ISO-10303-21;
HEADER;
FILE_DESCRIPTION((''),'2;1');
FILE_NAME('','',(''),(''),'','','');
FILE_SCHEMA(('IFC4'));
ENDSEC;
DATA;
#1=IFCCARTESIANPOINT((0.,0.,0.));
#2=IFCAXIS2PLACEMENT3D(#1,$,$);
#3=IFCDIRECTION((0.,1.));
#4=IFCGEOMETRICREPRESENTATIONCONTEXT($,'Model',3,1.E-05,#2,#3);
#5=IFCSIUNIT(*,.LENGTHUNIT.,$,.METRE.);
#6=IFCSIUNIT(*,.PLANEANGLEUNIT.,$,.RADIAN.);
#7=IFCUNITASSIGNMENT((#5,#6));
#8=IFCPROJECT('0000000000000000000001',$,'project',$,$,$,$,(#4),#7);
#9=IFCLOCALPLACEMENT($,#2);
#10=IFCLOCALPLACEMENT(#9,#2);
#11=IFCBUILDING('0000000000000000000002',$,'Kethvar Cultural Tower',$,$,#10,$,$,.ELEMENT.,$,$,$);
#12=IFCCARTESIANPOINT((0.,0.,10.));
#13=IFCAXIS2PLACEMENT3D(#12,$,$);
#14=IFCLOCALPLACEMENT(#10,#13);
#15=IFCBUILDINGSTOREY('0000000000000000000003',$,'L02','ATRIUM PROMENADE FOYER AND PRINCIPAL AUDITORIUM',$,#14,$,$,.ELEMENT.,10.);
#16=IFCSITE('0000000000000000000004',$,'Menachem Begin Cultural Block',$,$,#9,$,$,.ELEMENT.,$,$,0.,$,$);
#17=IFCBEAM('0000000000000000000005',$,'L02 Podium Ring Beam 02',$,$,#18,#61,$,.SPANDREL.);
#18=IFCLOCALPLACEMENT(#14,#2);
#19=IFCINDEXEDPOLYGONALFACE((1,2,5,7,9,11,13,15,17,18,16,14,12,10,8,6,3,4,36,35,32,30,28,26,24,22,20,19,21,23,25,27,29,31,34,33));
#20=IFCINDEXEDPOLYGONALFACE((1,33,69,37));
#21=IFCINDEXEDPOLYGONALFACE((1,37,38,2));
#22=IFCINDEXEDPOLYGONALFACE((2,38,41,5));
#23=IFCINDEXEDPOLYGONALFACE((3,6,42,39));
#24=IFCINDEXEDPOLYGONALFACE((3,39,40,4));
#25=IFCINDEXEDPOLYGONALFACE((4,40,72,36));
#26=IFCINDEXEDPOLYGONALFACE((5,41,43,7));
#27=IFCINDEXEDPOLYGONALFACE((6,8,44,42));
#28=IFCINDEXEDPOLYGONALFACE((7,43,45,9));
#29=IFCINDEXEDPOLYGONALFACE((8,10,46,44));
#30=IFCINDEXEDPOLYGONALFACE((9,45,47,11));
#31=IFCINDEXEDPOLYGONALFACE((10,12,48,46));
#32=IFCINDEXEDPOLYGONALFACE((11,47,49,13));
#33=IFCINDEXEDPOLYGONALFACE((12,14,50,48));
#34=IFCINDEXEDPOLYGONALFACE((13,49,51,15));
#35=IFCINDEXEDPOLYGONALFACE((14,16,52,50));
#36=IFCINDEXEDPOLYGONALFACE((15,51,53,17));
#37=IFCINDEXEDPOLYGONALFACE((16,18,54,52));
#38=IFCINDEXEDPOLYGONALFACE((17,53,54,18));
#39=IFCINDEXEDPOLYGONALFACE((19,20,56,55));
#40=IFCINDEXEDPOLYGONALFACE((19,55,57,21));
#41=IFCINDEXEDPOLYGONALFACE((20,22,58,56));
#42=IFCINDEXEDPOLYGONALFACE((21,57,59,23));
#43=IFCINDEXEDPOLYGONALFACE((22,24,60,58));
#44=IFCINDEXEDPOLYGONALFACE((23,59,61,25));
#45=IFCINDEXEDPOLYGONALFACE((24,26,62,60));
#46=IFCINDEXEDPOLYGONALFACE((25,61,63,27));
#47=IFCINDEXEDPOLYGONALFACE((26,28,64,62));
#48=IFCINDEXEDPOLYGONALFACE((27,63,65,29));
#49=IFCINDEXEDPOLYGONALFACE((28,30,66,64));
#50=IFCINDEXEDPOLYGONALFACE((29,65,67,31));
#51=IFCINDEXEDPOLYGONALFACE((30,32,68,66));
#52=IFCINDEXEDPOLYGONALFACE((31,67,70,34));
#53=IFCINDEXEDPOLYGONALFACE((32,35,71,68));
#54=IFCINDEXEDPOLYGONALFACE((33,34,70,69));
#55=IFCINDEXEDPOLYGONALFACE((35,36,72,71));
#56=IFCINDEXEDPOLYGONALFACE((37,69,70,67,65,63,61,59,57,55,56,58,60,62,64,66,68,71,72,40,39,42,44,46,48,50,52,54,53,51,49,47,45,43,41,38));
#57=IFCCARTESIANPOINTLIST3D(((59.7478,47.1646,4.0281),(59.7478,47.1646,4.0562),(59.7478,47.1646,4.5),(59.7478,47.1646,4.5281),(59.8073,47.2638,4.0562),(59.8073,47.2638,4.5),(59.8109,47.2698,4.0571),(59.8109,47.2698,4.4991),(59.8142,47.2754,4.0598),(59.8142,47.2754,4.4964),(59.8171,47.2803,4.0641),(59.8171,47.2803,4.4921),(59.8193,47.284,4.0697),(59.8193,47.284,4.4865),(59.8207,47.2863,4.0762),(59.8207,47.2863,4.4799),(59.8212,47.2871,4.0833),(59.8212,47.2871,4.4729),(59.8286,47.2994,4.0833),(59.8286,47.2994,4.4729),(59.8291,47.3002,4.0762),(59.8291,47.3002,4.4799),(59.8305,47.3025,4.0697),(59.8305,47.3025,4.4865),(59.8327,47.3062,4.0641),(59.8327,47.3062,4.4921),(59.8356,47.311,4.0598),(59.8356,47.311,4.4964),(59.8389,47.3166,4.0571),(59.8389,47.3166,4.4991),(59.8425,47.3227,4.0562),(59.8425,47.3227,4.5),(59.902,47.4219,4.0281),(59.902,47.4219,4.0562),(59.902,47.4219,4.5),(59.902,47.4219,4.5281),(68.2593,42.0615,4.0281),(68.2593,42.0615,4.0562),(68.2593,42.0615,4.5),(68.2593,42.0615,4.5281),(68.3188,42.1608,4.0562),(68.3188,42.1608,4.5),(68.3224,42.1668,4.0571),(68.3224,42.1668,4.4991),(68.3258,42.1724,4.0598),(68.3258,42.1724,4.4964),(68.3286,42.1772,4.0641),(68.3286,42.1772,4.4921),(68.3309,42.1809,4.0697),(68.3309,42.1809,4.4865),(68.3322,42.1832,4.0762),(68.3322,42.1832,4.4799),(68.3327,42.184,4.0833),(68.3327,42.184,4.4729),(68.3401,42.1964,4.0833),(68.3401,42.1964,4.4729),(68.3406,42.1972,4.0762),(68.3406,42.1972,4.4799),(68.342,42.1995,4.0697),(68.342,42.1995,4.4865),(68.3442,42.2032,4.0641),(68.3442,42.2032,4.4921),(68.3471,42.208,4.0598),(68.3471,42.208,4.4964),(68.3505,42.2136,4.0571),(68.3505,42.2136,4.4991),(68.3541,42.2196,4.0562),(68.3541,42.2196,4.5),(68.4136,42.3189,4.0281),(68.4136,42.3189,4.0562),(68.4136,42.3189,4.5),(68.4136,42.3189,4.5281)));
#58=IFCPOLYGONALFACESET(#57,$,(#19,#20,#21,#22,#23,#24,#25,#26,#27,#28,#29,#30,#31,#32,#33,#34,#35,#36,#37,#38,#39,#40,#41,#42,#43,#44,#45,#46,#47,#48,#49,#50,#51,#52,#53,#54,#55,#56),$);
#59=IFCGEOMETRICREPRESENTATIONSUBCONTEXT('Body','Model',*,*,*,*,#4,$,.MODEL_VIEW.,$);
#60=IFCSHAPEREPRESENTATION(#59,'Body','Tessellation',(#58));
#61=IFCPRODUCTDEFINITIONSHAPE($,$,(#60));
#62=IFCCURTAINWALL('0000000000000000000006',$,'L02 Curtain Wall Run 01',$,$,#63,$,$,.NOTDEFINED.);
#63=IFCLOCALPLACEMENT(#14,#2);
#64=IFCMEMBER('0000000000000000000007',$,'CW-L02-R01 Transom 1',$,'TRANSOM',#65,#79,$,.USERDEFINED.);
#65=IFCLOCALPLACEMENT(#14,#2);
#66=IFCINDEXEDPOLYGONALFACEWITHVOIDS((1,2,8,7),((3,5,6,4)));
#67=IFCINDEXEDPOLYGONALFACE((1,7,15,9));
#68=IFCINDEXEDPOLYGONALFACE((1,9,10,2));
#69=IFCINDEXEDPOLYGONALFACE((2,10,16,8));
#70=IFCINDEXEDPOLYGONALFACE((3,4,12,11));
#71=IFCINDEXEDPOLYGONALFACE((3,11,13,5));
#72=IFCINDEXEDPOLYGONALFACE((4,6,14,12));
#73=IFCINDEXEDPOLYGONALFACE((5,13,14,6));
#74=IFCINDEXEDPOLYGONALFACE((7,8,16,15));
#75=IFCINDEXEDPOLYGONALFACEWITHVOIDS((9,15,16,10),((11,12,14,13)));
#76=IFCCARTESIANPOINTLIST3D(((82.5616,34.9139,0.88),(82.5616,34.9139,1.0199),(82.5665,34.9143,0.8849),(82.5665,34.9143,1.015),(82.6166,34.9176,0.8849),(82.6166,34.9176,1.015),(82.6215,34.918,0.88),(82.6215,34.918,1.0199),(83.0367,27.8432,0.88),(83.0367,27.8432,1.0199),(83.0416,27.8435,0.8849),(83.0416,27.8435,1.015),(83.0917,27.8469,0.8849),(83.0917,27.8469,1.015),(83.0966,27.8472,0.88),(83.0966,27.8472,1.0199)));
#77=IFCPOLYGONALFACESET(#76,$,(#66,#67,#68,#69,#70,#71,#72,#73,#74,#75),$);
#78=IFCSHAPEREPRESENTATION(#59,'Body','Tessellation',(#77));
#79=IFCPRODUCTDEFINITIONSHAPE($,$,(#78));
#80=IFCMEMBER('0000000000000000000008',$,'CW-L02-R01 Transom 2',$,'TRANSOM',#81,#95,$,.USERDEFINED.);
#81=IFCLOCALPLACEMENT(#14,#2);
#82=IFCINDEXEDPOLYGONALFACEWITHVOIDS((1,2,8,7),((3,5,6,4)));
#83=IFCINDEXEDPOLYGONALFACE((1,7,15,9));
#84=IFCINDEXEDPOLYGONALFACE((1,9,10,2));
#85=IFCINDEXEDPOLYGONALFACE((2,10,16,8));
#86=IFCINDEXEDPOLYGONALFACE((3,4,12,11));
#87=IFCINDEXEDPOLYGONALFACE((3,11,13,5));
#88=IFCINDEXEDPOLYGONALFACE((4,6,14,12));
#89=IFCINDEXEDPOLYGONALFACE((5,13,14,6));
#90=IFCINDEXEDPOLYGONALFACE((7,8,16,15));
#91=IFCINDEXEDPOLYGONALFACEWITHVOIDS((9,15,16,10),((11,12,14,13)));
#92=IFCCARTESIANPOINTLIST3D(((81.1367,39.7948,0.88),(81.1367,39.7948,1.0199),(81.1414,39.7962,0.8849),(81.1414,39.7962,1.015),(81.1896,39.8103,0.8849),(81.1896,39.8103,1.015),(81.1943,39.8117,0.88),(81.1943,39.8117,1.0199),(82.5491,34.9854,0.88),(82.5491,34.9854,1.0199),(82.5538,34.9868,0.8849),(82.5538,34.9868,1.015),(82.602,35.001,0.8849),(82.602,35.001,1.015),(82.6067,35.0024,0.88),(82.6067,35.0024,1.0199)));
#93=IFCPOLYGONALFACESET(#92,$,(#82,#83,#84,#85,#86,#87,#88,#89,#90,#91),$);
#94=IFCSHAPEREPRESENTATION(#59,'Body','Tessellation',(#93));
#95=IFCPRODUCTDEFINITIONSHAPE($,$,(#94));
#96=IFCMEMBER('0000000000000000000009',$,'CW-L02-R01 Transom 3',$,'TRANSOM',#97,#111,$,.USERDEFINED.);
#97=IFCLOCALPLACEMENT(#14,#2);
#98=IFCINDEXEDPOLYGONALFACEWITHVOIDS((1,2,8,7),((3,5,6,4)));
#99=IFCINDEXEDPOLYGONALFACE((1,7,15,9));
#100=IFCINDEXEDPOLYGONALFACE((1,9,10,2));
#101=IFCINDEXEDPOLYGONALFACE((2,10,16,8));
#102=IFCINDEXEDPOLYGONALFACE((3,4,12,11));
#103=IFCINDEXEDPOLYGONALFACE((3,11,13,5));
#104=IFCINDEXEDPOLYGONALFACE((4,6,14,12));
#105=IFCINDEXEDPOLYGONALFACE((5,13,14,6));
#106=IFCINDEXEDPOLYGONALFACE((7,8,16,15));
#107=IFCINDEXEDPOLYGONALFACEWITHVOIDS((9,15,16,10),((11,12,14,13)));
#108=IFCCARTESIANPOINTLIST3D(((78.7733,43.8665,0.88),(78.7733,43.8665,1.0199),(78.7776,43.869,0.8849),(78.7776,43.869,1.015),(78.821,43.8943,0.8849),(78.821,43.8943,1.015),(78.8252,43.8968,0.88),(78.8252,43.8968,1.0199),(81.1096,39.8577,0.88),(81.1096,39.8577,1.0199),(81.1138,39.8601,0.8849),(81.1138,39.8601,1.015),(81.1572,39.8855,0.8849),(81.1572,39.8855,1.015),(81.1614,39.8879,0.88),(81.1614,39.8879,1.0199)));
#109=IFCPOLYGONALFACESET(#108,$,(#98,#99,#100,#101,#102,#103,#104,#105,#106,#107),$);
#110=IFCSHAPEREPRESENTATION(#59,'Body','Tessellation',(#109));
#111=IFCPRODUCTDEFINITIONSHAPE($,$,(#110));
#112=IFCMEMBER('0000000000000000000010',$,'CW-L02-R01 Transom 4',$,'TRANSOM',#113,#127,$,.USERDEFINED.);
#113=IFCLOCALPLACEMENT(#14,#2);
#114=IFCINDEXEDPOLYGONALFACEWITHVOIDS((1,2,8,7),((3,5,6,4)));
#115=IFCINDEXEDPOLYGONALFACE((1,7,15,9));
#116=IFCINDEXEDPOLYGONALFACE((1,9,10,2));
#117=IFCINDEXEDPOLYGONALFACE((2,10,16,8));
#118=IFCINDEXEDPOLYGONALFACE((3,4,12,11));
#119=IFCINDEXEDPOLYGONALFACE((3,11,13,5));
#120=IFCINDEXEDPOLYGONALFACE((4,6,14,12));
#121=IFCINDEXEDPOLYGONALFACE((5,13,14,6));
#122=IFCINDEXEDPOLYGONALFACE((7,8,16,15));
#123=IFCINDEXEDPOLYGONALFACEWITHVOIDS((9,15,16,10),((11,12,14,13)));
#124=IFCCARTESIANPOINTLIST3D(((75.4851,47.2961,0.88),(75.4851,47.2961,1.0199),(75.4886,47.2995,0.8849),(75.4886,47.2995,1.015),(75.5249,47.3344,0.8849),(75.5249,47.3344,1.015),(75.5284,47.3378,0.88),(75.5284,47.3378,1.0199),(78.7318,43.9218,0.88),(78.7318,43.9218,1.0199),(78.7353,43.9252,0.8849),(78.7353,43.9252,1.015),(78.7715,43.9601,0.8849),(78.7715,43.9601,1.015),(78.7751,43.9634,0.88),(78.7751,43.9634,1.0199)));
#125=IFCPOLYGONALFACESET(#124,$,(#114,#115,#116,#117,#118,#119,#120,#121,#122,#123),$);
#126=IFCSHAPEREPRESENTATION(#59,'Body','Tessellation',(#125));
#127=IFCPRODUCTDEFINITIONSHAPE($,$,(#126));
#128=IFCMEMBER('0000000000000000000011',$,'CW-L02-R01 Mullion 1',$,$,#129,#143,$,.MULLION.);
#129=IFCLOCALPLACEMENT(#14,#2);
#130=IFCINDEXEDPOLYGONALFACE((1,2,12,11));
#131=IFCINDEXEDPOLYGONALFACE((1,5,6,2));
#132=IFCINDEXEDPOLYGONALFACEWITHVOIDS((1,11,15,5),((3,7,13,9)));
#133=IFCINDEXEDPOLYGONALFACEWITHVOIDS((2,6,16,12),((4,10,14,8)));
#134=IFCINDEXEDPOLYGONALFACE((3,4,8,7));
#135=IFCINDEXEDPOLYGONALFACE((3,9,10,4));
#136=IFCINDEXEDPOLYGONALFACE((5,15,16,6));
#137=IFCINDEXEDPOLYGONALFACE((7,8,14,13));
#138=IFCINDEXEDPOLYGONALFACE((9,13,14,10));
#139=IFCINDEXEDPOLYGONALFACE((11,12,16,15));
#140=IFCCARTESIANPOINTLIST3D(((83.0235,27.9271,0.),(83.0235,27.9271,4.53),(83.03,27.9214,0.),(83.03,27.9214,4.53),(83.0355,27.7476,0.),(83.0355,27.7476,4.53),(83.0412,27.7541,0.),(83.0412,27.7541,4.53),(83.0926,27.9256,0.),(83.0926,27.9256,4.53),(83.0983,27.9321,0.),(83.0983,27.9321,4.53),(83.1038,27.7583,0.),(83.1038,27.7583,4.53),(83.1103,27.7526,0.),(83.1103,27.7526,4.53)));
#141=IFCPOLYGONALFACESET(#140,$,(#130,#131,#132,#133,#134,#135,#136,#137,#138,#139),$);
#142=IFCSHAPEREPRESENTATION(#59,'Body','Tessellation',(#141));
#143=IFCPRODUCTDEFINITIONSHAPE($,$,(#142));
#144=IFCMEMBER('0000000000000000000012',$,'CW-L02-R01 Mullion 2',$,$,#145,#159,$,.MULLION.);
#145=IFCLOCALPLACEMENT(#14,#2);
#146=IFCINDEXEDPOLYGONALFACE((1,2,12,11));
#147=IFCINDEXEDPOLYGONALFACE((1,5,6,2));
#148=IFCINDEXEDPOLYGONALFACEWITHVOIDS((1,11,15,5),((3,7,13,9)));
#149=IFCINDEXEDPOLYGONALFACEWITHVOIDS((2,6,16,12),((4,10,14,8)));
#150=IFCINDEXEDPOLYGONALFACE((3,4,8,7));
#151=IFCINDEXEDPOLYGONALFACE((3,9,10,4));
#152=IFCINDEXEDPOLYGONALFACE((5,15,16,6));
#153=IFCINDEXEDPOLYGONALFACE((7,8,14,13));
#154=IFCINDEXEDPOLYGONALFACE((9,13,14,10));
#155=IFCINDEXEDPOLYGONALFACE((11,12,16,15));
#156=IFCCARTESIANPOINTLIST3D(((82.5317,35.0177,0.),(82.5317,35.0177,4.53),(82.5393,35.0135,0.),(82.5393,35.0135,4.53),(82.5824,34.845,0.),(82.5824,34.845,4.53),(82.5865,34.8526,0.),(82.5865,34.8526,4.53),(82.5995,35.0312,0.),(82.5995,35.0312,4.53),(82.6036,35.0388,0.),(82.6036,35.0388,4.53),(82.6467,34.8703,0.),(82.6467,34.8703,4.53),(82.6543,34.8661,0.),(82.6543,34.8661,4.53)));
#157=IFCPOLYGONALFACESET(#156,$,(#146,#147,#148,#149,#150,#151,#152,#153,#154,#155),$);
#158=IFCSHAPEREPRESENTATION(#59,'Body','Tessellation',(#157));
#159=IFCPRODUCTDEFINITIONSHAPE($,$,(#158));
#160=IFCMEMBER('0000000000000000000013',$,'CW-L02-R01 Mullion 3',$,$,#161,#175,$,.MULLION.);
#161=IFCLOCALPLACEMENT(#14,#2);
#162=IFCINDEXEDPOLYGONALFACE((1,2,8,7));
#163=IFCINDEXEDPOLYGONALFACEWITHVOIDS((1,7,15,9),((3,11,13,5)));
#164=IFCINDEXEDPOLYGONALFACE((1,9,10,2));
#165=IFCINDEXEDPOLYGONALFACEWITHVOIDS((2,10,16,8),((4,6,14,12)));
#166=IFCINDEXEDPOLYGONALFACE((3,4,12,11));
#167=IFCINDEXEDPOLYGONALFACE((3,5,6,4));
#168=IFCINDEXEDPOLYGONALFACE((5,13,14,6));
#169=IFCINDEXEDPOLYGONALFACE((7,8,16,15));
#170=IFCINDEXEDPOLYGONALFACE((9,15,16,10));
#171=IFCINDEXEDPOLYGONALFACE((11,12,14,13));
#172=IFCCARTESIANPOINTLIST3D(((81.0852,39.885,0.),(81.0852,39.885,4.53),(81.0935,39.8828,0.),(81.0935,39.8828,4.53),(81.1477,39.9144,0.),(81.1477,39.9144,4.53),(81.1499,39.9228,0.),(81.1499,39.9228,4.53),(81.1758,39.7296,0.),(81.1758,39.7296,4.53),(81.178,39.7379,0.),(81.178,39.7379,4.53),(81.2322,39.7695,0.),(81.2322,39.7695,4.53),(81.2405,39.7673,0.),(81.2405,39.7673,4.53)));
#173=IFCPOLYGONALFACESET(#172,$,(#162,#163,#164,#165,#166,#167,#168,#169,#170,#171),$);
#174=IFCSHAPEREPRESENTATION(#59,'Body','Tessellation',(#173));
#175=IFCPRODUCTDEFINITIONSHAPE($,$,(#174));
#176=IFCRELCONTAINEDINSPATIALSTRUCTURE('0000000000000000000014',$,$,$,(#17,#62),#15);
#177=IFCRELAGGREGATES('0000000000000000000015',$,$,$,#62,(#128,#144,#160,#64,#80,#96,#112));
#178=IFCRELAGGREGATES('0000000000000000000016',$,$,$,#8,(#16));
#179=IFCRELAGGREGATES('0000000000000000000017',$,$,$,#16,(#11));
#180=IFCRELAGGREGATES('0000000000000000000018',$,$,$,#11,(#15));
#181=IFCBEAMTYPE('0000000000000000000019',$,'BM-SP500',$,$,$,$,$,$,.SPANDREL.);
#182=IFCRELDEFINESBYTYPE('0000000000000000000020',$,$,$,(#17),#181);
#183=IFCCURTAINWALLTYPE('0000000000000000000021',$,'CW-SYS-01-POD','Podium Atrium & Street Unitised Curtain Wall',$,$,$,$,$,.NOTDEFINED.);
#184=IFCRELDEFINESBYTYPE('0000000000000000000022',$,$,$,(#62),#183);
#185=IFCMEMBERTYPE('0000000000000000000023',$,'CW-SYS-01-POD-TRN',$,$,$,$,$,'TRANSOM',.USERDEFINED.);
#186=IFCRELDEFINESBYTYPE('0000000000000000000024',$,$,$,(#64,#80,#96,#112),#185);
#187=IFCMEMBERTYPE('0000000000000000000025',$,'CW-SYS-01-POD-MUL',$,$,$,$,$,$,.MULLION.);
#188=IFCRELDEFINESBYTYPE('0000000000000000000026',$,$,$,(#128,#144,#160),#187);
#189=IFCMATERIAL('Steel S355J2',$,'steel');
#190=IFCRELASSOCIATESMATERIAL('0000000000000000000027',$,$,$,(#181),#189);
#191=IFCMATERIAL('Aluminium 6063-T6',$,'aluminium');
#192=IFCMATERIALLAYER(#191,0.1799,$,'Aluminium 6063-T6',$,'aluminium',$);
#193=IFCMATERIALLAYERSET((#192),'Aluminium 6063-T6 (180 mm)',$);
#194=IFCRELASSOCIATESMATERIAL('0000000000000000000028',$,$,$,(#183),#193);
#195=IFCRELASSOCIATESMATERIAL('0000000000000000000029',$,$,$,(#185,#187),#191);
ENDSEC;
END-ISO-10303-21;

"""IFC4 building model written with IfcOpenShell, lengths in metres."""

from ifc_helpers import new_model, si_unit, direction, frame, origin, origin_2d, place, context, subcontext, project, spatial, hollow_rectangle, i_section, extrude, source, transform, mapped, material, layer, layer_set, material_profile, profile_set, type_object, element, aggregate, save


model = new_model("IFC4")

# Units and contexts
model_context = context("Model", 3, precision=1e-05, world=origin(), true_north=direction((0.0, 1.0)))
body_context = subcontext(model_context, "Body", "Model", "MODEL_VIEW")
ifc_project = project(units=[si_unit("LENGTHUNIT", "METRE"), si_unit("PLANEANGLEUNIT", "RADIAN")], contexts=[model_context])

# Site, building, storey
site_placement = place(None, origin())
site = spatial("IfcSite", under=ifc_project, at=site_placement, Name="Menachem Begin Cultural Block", CompositionType="ELEMENT", RefElevation=0.0)
building_placement = place(site_placement, origin())
building = spatial("IfcBuilding", under=site, at=building_placement, Name="Kethvar Cultural Tower", CompositionType="ELEMENT")
storey_placement = place(building_placement, frame((0.0, 0.0, 10.0)))
storey = spatial("IfcBuildingStorey", under=building, at=storey_placement, Name="L02", Description="ATRIUM PROMENADE FOYER AND PRINCIPAL AUDITORIUM", CompositionType="ELEMENT", Elevation=10.0)

# Beam
ifc_material_1 = material(Name="Steel S355J2", Category="steel")
ifc_material_profile_1 = material_profile(ifc_material_1, i_section(OverallWidth=0.3, OverallDepth=0.5, WebThickness=0.0144, FlangeThickness=0.0281, FilletRadius=0.0271, at=origin_2d()), Name="Steel S355J2 — HEB500")
ifc_profile_set_1 = profile_set([ifc_material_profile_1], Name="Steel S355J2 — HEB500")
beam_type = type_object("IfcBeamType", Name="BM-SP500", PredefinedType="SPANDREL", material=ifc_profile_set_1)
shared_shape_1 = source(origin(), body_context, "Body", "SweptSolid", [
    extrude(i_section(OverallWidth=0.3, OverallDepth=0.5, WebThickness=0.0144, FlangeThickness=0.0281, FilletRadius=0.0271, at=origin_2d()), origin(), (0.0, 0.0, 1.0), 9.9241),
])
beam_1_placement = place(storey_placement, frame((68.3364, 42.1902, 4.2781), z_axis=(-0.857664, 0.51421, 0.0), x_axis=(-0.51421, -0.857664, 0.0)))
element("IfcBeam", 1, at=beam_1_placement, inside=storey, type_object=beam_type, Name="L02 Podium Ring Beam 02", PredefinedType="SPANDREL", context=body_context, shape_type="MappedRepresentation", body=[
    mapped(shared_shape_1, transform((0.0, 0.0, 0.0), scale=1.0)),
])

# Curtain wall, members
ifc_material_2 = material(Name="Aluminium 6063-T6", Category="aluminium")
ifc_layer_1 = layer(ifc_material_2, 0.1799, Name="Aluminium 6063-T6", Category="aluminium")
ifc_layer_set_1 = layer_set([ifc_layer_1], Name="Aluminium 6063-T6 (180 mm)")
curtain_wall_type = type_object("IfcCurtainWallType", Name="CW-SYS-01-POD", Description="Podium Atrium & Street Unitised Curtain Wall", PredefinedType="NOTDEFINED", material=ifc_layer_set_1)
curtain_wall_1_placement = place(storey_placement, origin())
curtain_wall_1 = element("IfcCurtainWall", 2, at=curtain_wall_1_placement, inside=storey, type_object=curtain_wall_type, Name="L02 Curtain Wall Run 01", PredefinedType="NOTDEFINED")
ifc_material_profile_2 = material_profile(ifc_material_2, hollow_rectangle(XDim=0.0601, YDim=0.1399, WallThickness=0.0049, at=origin_2d()), Name="Aluminium 6063-T6 — RHS140x60x5")
ifc_profile_set_2 = profile_set([ifc_material_profile_2], Name="Aluminium 6063-T6 — RHS140x60x5")
member_type_1 = type_object("IfcMemberType", Name="CW-SYS-01-POD-TRN", ElementType="TRANSOM", PredefinedType="USERDEFINED", material=ifc_profile_set_2)
shared_shape_2 = source(origin(), body_context, "Body", "SweptSolid", [
    extrude(hollow_rectangle(XDim=0.0601, YDim=0.1399, WallThickness=0.0049, at=origin_2d()), origin(), (0.0, 0.0, 1.0), 7.0867),
])
member_1_placement = place(storey_placement, frame((83.0667, 27.8452, 0.95), z_axis=(-0.06704, 0.99775, 0.0), x_axis=(-0.99775, -0.06704, 0.0)))
member_1 = element("IfcMember", 3, at=member_1_placement, type_object=member_type_1, Name="CW-L02-R01 Transom 1", ObjectType="TRANSOM", PredefinedType="USERDEFINED", context=body_context, shape_type="MappedRepresentation", body=[
    mapped(shared_shape_2, transform((0.0, 0.0, 0.0), scale=1.0)),
])
shared_shape_3 = source(origin(), body_context, "Body", "SweptSolid", [
    extrude(hollow_rectangle(XDim=0.0601, YDim=0.1399, WallThickness=0.0049, at=origin_2d()), origin(), (0.0, 0.0, 1.0), 5.0125),
])
member_2_placement = place(storey_placement, frame((82.5779, 34.9939, 0.95), z_axis=(-0.281771, 0.959482, 0.0), x_axis=(-0.959482, -0.281771, 0.0)))
member_2 = element("IfcMember", 4, at=member_2_placement, type_object=member_type_1, Name="CW-L02-R01 Transom 2", ObjectType="TRANSOM", PredefinedType="USERDEFINED", context=body_context, shape_type="MappedRepresentation", body=[
    mapped(shared_shape_3, transform((0.0, 0.0, 0.0), scale=1.0)),
])
shared_shape_4 = source(origin(), body_context, "Body", "SweptSolid", [
    extrude(hollow_rectangle(XDim=0.0601, YDim=0.1399, WallThickness=0.0049, at=origin_2d()), origin(), (0.0, 0.0, 1.0), 4.6399),
])
member_3_placement = place(storey_placement, frame((81.1355, 39.8728, 0.95), z_axis=(-0.503505, 0.863993, 0.0), x_axis=(-0.863993, -0.503505, 0.0)))
member_3 = element("IfcMember", 5, at=member_3_placement, type_object=member_type_1, Name="CW-L02-R01 Transom 3", ObjectType="TRANSOM", PredefinedType="USERDEFINED", context=body_context, shape_type="MappedRepresentation", body=[
    mapped(shared_shape_4, transform((0.0, 0.0, 0.0), scale=1.0)),
])
shared_shape_5 = source(origin(), body_context, "Body", "SweptSolid", [
    extrude(hollow_rectangle(XDim=0.0601, YDim=0.1399, WallThickness=0.0049, at=origin_2d()), origin(), (0.0, 0.0, 1.0), 4.6826),
])
member_4_placement = place(storey_placement, frame((78.7534, 43.9426, 0.95), z_axis=(-0.693341, 0.72061, 0.0), x_axis=(-0.72061, -0.693341, 0.0)))
member_4 = element("IfcMember", 6, at=member_4_placement, type_object=member_type_1, Name="CW-L02-R01 Transom 4", ObjectType="TRANSOM", PredefinedType="USERDEFINED", context=body_context, shape_type="MappedRepresentation", body=[
    mapped(shared_shape_5, transform((0.0, 0.0, 0.0), scale=1.0)),
])
ifc_material_profile_3 = material_profile(ifc_material_2, hollow_rectangle(XDim=0.075, YDim=0.1799, WallThickness=0.0061, at=origin_2d()), Name="Aluminium 6063-T6 — RHS180x75x6")
ifc_profile_set_3 = profile_set([ifc_material_profile_3], Name="Aluminium 6063-T6 — RHS180x75x6")
member_type_2 = type_object("IfcMemberType", Name="CW-SYS-01-POD-MUL", PredefinedType="MULLION", material=ifc_profile_set_3)
shared_shape_6 = source(origin(), body_context, "Body", "SweptSolid", [
    extrude(hollow_rectangle(XDim=0.075, YDim=0.1799, WallThickness=0.0061, at=origin_2d()), origin(), (0.0, 0.0, 1.0), 4.53),
])
member_5_placement = place(storey_placement, frame((83.0669, 27.8398, 0.0), z_axis=(0.0, 0.0, 1.0), x_axis=(-0.99775, -0.06704, 0.0)))
member_5 = element("IfcMember", 7, at=member_5_placement, type_object=member_type_2, Name="CW-L02-R01 Mullion 1", PredefinedType="MULLION", context=body_context, shape_type="MappedRepresentation", body=[
    mapped(shared_shape_6, transform((0.0, 0.0, 0.0), scale=1.0)),
])
member_6_placement = place(storey_placement, frame((82.593, 34.9419, 0.0), z_axis=(0.0, 0.0, 1.0), x_axis=(-0.959496, -0.281722, 0.0)))
member_6 = element("IfcMember", 8, at=member_6_placement, type_object=member_type_2, Name="CW-L02-R01 Mullion 2", PredefinedType="MULLION", context=body_context, shape_type="MappedRepresentation", body=[
    mapped(shared_shape_6, transform((0.0, 0.0, 0.0), scale=1.0)),
])
member_7_placement = place(storey_placement, frame((81.1628, 39.8262, 0.0), z_axis=(0.0, 0.0, 1.0), x_axis=(-0.863985, -0.503518, 0.0)))
member_7 = element("IfcMember", 9, at=member_7_placement, type_object=member_type_2, Name="CW-L02-R01 Mullion 3", PredefinedType="MULLION", context=body_context, shape_type="MappedRepresentation", body=[
    mapped(shared_shape_6, transform((0.0, 0.0, 0.0), scale=1.0)),
])

aggregate(curtain_wall_1, [member_5, member_6, member_7, member_1, member_2, member_3, member_4])

save(model, "model.ifc")
